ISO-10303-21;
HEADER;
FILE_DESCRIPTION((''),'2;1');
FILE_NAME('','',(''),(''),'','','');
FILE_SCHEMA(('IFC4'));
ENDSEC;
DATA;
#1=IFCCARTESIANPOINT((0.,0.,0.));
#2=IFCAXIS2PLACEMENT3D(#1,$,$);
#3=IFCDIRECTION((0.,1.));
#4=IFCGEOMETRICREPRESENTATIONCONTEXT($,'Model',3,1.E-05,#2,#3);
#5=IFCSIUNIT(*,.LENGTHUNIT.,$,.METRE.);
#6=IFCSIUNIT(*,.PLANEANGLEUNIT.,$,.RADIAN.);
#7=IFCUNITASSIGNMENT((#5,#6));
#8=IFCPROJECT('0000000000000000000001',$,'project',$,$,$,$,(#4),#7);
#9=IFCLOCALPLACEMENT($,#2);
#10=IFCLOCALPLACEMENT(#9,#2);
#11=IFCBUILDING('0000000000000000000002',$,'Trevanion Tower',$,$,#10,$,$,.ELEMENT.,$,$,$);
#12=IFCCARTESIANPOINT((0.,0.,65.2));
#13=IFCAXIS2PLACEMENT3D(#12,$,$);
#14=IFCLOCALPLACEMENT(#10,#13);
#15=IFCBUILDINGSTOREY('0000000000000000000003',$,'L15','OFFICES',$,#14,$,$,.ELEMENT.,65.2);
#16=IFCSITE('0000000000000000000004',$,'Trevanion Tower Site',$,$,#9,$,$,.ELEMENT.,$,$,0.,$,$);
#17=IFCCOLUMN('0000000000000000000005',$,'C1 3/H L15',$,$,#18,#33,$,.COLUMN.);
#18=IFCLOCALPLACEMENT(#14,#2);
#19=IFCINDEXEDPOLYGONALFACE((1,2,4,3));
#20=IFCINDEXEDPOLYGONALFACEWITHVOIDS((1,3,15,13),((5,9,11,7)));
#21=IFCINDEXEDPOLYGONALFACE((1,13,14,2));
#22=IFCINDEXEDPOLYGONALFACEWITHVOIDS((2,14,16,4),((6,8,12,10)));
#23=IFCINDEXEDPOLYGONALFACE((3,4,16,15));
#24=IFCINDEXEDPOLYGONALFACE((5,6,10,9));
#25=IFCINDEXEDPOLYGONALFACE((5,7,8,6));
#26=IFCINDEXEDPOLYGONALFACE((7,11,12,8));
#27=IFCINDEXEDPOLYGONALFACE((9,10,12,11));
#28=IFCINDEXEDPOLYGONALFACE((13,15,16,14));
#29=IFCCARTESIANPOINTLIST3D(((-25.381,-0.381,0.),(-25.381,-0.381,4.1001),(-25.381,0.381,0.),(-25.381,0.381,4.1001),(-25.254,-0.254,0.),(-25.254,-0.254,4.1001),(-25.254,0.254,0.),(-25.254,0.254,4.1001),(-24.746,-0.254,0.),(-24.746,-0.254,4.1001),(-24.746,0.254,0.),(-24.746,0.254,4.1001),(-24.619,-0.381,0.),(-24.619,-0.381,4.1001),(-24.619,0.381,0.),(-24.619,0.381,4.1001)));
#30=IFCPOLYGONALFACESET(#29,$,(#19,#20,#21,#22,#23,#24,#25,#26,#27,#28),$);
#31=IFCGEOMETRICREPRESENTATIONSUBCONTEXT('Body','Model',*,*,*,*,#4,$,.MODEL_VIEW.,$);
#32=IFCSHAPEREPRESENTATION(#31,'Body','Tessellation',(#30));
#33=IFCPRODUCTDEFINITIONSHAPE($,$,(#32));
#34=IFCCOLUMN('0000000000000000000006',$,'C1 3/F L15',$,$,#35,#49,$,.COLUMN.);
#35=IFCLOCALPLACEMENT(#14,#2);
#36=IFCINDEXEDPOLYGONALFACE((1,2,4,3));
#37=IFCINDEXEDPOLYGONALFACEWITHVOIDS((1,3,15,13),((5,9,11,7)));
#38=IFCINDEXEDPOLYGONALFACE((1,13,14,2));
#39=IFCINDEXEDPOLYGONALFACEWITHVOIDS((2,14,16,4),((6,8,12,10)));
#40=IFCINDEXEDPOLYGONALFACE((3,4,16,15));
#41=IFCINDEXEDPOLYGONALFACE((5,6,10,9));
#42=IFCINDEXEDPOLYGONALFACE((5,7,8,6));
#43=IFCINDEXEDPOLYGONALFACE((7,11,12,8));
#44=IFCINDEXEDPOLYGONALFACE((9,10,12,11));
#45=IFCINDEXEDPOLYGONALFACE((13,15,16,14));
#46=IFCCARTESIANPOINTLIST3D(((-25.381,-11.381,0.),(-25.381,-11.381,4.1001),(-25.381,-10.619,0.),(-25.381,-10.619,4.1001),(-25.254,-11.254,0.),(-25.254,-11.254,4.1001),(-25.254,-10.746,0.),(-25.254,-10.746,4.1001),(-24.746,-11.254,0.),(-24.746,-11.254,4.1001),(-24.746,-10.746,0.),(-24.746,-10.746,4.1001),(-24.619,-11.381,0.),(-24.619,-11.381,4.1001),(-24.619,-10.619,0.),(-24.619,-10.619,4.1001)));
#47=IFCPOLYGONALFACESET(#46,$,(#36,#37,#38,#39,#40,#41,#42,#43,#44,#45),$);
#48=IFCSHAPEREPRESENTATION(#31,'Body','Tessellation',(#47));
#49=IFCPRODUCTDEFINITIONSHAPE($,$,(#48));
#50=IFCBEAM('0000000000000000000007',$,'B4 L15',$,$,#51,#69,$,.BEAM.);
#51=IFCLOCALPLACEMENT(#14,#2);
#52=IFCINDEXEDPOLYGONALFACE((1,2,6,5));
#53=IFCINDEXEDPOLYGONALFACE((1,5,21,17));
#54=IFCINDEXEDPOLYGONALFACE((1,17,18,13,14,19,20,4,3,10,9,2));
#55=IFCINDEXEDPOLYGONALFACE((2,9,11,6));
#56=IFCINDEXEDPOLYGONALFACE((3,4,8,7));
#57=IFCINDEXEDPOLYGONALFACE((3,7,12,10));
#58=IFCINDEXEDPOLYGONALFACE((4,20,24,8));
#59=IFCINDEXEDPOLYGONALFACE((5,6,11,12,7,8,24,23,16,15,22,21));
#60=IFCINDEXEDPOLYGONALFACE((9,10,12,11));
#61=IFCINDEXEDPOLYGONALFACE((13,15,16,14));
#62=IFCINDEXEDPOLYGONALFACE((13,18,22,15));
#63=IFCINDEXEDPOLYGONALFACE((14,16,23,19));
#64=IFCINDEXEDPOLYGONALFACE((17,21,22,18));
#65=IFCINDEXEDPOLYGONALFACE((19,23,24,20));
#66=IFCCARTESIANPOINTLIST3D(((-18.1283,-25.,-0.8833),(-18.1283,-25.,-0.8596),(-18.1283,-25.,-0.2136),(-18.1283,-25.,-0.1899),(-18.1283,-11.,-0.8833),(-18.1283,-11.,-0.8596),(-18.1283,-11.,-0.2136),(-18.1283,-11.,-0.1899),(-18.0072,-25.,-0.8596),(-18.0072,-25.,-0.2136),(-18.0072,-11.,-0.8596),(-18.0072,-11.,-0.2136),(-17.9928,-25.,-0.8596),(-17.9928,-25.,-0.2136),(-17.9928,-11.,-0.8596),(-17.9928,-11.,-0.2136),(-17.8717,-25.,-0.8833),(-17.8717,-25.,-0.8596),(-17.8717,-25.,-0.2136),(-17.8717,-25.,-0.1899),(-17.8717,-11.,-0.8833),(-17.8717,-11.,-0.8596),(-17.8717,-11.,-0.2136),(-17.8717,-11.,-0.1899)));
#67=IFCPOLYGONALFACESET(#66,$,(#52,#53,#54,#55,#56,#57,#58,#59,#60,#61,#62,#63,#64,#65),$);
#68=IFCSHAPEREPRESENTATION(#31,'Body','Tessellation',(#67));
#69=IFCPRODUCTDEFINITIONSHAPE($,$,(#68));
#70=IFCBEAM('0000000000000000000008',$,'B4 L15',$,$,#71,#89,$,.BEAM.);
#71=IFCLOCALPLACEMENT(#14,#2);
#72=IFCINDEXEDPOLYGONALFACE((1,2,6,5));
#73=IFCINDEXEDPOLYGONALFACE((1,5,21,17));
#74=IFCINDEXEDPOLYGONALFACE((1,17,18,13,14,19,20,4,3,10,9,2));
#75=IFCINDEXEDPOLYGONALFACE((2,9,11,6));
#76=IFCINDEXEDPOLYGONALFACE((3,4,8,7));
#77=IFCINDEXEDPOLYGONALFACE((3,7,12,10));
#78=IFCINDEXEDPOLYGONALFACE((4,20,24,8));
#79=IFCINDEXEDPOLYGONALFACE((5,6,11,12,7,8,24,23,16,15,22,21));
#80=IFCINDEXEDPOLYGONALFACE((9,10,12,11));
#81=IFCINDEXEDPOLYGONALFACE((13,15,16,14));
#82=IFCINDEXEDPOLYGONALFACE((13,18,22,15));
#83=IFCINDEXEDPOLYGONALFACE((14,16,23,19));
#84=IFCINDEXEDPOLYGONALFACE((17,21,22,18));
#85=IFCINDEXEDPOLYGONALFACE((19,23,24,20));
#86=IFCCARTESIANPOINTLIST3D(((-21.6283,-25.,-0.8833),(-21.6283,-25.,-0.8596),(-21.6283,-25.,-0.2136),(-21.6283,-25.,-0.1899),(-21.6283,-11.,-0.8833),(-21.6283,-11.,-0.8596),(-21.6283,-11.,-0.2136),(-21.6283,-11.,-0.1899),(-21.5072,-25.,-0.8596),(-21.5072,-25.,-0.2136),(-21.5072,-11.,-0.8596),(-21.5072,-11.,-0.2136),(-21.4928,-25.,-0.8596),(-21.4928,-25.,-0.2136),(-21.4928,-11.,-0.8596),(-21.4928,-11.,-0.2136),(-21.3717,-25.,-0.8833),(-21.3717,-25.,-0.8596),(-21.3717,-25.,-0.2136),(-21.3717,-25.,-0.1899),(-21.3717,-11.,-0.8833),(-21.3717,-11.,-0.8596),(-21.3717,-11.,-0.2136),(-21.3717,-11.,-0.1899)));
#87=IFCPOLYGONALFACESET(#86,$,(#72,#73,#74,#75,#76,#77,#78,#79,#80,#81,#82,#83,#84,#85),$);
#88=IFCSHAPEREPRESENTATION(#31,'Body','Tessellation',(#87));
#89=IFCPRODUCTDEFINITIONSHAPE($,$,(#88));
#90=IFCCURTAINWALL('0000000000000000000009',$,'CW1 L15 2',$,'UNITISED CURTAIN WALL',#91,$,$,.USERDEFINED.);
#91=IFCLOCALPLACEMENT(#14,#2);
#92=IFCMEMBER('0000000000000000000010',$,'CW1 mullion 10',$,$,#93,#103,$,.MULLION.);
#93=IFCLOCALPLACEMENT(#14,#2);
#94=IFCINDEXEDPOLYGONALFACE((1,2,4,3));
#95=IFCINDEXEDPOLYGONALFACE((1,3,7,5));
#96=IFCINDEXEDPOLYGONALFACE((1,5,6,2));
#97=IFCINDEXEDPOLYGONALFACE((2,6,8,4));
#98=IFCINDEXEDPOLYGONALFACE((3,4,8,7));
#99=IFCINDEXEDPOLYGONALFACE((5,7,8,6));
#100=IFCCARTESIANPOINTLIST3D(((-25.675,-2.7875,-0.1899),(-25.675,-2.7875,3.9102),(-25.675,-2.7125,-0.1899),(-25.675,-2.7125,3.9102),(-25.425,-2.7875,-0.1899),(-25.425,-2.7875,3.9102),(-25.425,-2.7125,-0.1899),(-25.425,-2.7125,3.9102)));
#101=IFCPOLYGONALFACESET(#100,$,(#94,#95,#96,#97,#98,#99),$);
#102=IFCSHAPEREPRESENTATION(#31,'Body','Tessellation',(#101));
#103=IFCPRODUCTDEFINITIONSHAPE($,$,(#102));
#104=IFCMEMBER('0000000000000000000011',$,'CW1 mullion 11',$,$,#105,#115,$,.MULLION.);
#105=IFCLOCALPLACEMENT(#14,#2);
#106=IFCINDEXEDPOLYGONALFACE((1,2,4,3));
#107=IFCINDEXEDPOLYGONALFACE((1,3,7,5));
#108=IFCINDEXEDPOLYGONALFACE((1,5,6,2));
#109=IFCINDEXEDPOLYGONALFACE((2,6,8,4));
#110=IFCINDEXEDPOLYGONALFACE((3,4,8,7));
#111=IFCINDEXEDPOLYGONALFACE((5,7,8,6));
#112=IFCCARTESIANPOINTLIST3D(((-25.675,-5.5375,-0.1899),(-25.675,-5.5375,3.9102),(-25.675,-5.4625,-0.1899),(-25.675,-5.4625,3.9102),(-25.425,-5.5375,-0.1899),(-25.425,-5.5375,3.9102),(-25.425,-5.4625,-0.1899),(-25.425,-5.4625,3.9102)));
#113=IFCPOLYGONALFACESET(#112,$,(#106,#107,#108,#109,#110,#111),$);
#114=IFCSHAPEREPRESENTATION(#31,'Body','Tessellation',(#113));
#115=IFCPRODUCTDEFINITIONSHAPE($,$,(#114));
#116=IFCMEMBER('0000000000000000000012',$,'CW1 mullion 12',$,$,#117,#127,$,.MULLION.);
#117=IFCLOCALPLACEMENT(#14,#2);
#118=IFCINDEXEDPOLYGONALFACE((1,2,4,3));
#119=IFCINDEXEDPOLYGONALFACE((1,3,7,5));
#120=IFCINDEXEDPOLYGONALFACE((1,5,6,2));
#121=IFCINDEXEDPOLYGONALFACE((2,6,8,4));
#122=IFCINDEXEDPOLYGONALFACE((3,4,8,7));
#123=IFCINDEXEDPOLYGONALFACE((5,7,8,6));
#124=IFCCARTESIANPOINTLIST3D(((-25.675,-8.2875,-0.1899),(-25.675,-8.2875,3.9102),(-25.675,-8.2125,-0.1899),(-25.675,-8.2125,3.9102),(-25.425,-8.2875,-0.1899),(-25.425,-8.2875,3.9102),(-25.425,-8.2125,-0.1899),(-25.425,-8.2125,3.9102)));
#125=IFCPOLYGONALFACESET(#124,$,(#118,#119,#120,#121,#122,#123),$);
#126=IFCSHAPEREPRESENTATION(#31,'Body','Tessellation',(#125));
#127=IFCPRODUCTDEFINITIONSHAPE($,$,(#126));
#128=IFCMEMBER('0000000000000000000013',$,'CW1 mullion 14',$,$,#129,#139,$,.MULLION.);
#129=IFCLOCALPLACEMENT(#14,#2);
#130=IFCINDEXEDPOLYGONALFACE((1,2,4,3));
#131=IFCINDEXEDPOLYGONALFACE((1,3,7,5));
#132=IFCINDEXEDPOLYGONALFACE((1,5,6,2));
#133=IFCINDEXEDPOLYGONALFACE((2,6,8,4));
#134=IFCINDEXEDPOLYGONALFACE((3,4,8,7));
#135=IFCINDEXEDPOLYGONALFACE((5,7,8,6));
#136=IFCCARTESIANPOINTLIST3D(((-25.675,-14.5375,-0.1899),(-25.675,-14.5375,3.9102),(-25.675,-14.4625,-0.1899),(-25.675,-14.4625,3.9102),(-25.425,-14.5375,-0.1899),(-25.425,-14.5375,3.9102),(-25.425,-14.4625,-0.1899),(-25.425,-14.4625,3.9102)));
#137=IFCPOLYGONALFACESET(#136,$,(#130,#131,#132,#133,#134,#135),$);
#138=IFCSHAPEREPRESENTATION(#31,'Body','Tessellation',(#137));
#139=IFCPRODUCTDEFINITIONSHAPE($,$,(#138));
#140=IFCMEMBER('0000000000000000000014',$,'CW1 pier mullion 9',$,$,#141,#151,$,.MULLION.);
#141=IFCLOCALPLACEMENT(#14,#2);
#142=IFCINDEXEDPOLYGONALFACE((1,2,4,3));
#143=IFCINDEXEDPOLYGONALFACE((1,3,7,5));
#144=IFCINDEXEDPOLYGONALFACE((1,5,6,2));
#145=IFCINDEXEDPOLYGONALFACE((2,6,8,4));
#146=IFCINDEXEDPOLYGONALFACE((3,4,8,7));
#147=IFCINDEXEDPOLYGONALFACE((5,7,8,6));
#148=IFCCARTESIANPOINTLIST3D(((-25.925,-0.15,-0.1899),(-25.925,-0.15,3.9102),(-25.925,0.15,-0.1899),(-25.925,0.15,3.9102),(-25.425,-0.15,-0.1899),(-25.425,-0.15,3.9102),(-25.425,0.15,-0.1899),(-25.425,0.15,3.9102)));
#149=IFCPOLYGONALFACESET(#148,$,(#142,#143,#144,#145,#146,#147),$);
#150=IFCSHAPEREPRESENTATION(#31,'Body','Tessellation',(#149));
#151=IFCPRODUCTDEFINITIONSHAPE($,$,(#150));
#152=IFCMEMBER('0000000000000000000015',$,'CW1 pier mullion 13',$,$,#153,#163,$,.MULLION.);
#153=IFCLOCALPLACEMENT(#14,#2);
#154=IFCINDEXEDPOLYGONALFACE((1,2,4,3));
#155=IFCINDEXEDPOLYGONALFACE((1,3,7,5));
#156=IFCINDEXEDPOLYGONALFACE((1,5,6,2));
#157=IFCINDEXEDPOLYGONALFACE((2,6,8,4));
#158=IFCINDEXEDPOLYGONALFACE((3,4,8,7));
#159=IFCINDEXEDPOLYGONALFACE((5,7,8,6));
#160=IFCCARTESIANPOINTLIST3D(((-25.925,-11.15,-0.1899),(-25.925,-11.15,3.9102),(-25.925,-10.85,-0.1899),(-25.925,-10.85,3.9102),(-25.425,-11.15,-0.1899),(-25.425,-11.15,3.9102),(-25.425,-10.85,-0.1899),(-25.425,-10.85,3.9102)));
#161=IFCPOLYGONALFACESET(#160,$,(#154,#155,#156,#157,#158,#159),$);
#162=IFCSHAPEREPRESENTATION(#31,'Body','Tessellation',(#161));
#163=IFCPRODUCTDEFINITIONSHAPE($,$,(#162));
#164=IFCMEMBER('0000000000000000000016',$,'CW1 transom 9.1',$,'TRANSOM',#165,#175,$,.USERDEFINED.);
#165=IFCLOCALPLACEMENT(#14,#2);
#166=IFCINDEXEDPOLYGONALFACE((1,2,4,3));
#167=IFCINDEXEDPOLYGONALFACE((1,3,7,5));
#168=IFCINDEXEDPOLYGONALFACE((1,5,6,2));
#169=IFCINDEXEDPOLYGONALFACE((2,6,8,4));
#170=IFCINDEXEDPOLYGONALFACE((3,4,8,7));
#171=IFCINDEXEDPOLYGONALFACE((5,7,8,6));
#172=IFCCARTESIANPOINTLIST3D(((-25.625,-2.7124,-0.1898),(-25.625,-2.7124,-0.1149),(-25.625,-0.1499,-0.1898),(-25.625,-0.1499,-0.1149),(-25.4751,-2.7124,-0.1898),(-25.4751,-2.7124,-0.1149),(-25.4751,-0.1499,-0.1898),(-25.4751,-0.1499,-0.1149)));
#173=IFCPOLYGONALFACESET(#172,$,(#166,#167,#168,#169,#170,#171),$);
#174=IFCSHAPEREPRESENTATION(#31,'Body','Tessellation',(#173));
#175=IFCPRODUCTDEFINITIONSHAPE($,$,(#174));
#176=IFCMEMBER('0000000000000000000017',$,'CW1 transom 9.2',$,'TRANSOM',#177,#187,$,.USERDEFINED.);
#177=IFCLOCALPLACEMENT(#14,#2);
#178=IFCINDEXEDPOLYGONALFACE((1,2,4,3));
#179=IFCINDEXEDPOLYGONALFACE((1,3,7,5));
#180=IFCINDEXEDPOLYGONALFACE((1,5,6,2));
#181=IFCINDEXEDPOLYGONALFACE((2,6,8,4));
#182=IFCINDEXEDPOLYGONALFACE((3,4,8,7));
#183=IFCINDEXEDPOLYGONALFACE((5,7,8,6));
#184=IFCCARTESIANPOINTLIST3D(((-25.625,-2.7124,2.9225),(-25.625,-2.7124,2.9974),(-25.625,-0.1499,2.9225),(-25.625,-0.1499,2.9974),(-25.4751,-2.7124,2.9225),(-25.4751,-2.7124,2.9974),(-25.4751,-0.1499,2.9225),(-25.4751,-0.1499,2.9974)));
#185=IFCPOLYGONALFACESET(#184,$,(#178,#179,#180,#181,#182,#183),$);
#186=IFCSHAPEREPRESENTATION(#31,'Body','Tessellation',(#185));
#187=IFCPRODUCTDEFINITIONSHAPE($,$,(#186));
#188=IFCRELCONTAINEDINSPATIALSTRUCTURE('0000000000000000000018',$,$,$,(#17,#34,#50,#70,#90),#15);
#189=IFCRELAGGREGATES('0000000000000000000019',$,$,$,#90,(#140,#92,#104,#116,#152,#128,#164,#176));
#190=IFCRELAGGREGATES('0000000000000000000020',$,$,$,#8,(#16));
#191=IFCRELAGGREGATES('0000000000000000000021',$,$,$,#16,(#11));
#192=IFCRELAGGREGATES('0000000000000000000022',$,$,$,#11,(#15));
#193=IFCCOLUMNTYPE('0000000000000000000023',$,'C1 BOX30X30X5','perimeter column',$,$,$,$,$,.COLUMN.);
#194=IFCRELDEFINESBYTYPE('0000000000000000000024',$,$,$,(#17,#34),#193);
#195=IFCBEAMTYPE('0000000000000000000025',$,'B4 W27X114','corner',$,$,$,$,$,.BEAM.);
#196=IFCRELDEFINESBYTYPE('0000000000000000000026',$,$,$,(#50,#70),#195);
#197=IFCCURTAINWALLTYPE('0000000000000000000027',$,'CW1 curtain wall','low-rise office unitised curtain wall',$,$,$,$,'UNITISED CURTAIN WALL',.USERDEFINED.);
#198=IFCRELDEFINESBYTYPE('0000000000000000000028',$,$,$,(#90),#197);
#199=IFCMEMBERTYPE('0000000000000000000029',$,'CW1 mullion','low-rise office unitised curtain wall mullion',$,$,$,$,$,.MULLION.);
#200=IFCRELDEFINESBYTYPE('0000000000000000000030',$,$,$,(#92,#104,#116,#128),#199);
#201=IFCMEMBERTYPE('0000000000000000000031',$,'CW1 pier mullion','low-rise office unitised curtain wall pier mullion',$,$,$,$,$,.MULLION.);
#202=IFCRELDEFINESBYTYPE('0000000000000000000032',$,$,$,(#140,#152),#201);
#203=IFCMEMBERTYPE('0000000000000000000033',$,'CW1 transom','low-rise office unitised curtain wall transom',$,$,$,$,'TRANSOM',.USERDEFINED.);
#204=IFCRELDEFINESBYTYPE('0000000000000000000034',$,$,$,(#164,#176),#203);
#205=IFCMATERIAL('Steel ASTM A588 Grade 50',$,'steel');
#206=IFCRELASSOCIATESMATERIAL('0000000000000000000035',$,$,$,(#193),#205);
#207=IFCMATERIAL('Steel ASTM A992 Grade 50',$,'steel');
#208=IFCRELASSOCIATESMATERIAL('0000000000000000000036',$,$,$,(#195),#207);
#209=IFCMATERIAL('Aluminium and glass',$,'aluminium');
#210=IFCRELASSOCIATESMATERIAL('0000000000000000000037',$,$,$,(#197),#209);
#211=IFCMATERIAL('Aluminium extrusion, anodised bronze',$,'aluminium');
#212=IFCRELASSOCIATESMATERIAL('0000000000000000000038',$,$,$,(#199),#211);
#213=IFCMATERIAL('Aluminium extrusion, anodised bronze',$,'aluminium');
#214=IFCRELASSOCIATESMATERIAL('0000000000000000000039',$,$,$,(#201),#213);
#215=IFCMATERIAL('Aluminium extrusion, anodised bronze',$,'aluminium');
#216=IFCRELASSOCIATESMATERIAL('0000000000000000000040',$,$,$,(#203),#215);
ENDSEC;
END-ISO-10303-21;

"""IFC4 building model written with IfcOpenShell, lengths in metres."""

from ifc_helpers import new_model, si_unit, direction, frame, origin, origin_2d, place, context, subcontext, project, spatial, rectangle, hollow_rectangle, i_section, extrude, material, material_profile, profile_set, type_object, element, aggregate, save


model = new_model("IFC4")

# Units and contexts
model_context = context("Model", 3, precision=1e-05, world=origin(), true_north=direction((0.0, 1.0)))
body_context = subcontext(model_context, "Body", "Model", "MODEL_VIEW")
ifc_project = project(units=[si_unit("LENGTHUNIT", "METRE"), si_unit("PLANEANGLEUNIT", "RADIAN")], contexts=[model_context])

# Site, building, storey
site_placement = place(None, origin())
site = spatial("IfcSite", under=ifc_project, at=site_placement, Name="Trevanion Tower Site", CompositionType="ELEMENT", RefElevation=0.0)
building_placement = place(site_placement, origin())
building = spatial("IfcBuilding", under=site, at=building_placement, Name="Trevanion Tower", CompositionType="ELEMENT")
storey_placement = place(building_placement, frame((0.0, 0.0, 65.2)))
storey = spatial("IfcBuildingStorey", under=building, at=storey_placement, Name="L15", Description="OFFICES", CompositionType="ELEMENT", Elevation=65.2)

# Columns
ifc_material_1 = material(Name="Steel ASTM A588 Grade 50", Category="steel")
ifc_material_profile_1 = material_profile(ifc_material_1, hollow_rectangle(XDim=0.762, YDim=0.762, WallThickness=0.127, at=origin_2d()), Name="BOX30X30X5")
ifc_profile_set_1 = profile_set([ifc_material_profile_1], Name="Steel ASTM A588 Grade 50")
column_type = type_object("IfcColumnType", Name="C1 BOX30X30X5", Description="perimeter column", PredefinedType="COLUMN", material=ifc_profile_set_1)
for number, where, z_axis, x_axis, name in (
    (1, (-25.0, 0.0, 0.0), (0.0, 0.0, 1.0), (0.0, 1.0, 0.0), "C1 3/H L15"),
    (2, (-25.0, -11.0, 0.0), (0.0, 0.0, 1.0), (0.0, 1.0, 0.0), "C1 3/F L15"),
):
    element("IfcColumn", number, at=place(storey_placement, frame(where, z_axis=z_axis, x_axis=x_axis)), inside=storey, type_object=column_type, Name=name, PredefinedType="COLUMN", context=body_context, shape_type="SweptSolid", body=[
        extrude(hollow_rectangle(XDim=0.762, YDim=0.762, WallThickness=0.127, at=origin_2d()), origin(), (0.0, 0.0, 1.0), 4.1001),
    ])

# Beams
ifc_material_2 = material(Name="Steel ASTM A992 Grade 50", Category="steel")
ifc_material_profile_2 = material_profile(ifc_material_2, i_section(OverallWidth=0.2566, OverallDepth=0.6934, WebThickness=0.0144, FlangeThickness=0.0237, at=origin_2d()), Name="W27X114")
ifc_profile_set_2 = profile_set([ifc_material_profile_2], Name="Steel ASTM A992 Grade 50")
beam_type_1 = type_object("IfcBeamType", Name="B4 W27X114", Description="corner", PredefinedType="BEAM", material=ifc_profile_set_2)
for number, where, z_axis, x_axis, name in (
    (3, (-18.0, -11.0, -0.5366), (0.0, -1.0, 0.0), (1.0, 0.0, 0.0), "B4 L15"),
    (4, (-21.5, -11.0, -0.5366), (0.0, -1.0, 0.0), (1.0, 0.0, 0.0), "B4 L15"),
):
    element("IfcBeam", number, at=place(storey_placement, frame(where, z_axis=z_axis, x_axis=x_axis)), inside=storey, type_object=beam_type_1, Name=name, PredefinedType="BEAM", context=body_context, shape_type="SweptSolid", body=[
        extrude(i_section(OverallWidth=0.2566, OverallDepth=0.6934, WebThickness=0.0144, FlangeThickness=0.0237, at=origin_2d()), origin(), (0.0, 0.0, 1.0), 14.0),
    ])

# Curtain wall, members
ifc_material_3 = material(Name="Aluminium and glass", Category="aluminium")
curtain_wall_type = type_object("IfcCurtainWallType", Name="CW1 curtain wall", Description="low-rise office unitised curtain wall", ElementType="UNITISED CURTAIN WALL", PredefinedType="USERDEFINED", material=ifc_material_3)
curtain_wall_placement = place(storey_placement, origin())
curtain_wall = element("IfcCurtainWall", 5, at=curtain_wall_placement, inside=storey, type_object=curtain_wall_type, Name="CW1 L15 2", ObjectType="UNITISED CURTAIN WALL", PredefinedType="USERDEFINED")
ifc_material_4 = material(Name="Aluminium extrusion, anodised bronze", Category="aluminium")
ifc_material_profile_3 = material_profile(ifc_material_4, rectangle(XDim=0.075, YDim=0.25, at=origin_2d()), Name="CW1 mullion")
ifc_profile_set_3 = profile_set([ifc_material_profile_3], Name="Aluminium extrusion, anodised bronze")
member_type_1 = type_object("IfcMemberType", Name="CW1 mullion", Description="low-rise office unitised curtain wall mullion", PredefinedType="MULLION", material=ifc_profile_set_3)
member_1_placement = place(storey_placement, frame((-25.55, -2.75, -0.1899), z_axis=(0.0, 0.0, 1.0), x_axis=(0.0, -1.0, 0.0)))
member_1 = element("IfcMember", 6, at=member_1_placement, type_object=member_type_1, Name="CW1 mullion 10", PredefinedType="MULLION", context=body_context, shape_type="SweptSolid", body=[
    extrude(rectangle(XDim=0.075, YDim=0.25, at=origin_2d()), origin(), (0.0, 0.0, 1.0), 4.1001),
])
member_2_placement = place(storey_placement, frame((-25.55, -5.5, -0.1899), z_axis=(0.0, 0.0, 1.0), x_axis=(0.0, -1.0, 0.0)))
member_2 = element("IfcMember", 7, at=member_2_placement, type_object=member_type_1, Name="CW1 mullion 11", PredefinedType="MULLION", context=body_context, shape_type="SweptSolid", body=[
    extrude(rectangle(XDim=0.075, YDim=0.25, at=origin_2d()), origin(), (0.0, 0.0, 1.0), 4.1001),
])
member_3_placement = place(storey_placement, frame((-25.55, -8.25, -0.1899), z_axis=(0.0, 0.0, 1.0), x_axis=(0.0, -1.0, 0.0)))
member_3 = element("IfcMember", 8, at=member_3_placement, type_object=member_type_1, Name="CW1 mullion 12", PredefinedType="MULLION", context=body_context, shape_type="SweptSolid", body=[
    extrude(rectangle(XDim=0.075, YDim=0.25, at=origin_2d()), origin(), (0.0, 0.0, 1.0), 4.1001),
])
member_4_placement = place(storey_placement, frame((-25.55, -14.5, -0.1899), z_axis=(0.0, 0.0, 1.0), x_axis=(0.0, -1.0, 0.0)))
member_4 = element("IfcMember", 9, at=member_4_placement, type_object=member_type_1, Name="CW1 mullion 14", PredefinedType="MULLION", context=body_context, shape_type="SweptSolid", body=[
    extrude(rectangle(XDim=0.075, YDim=0.25, at=origin_2d()), origin(), (0.0, 0.0, 1.0), 4.1001),
])
ifc_material_5 = material(Name="Aluminium extrusion, anodised bronze", Category="aluminium")
ifc_material_profile_4 = material_profile(ifc_material_5, rectangle(XDim=0.3, YDim=0.5, at=origin_2d()), Name="CW1 pier mullion")
ifc_profile_set_4 = profile_set([ifc_material_profile_4], Name="Aluminium extrusion, anodised bronze")
member_type_2 = type_object("IfcMemberType", Name="CW1 pier mullion", Description="low-rise office unitised curtain wall pier mullion", PredefinedType="MULLION", material=ifc_profile_set_4)
member_5_placement = place(storey_placement, frame((-25.675, 0.0, -0.1899), z_axis=(0.0, 0.0, 1.0), x_axis=(0.0, -1.0, 0.0)))
member_5 = element("IfcMember", 10, at=member_5_placement, type_object=member_type_2, Name="CW1 pier mullion 9", PredefinedType="MULLION", context=body_context, shape_type="SweptSolid", body=[
    extrude(rectangle(XDim=0.3, YDim=0.5, at=origin_2d()), origin(), (0.0, 0.0, 1.0), 4.1001),
])
member_6_placement = place(storey_placement, frame((-25.675, -11.0, -0.1899), z_axis=(0.0, 0.0, 1.0), x_axis=(0.0, -1.0, 0.0)))
member_6 = element("IfcMember", 11, at=member_6_placement, type_object=member_type_2, Name="CW1 pier mullion 13", PredefinedType="MULLION", context=body_context, shape_type="SweptSolid", body=[
    extrude(rectangle(XDim=0.3, YDim=0.5, at=origin_2d()), origin(), (0.0, 0.0, 1.0), 4.1001),
])
ifc_material_6 = material(Name="Aluminium extrusion, anodised bronze", Category="aluminium")
ifc_material_profile_5 = material_profile(ifc_material_6, rectangle(XDim=0.1499, YDim=0.075, at=origin_2d()), Name="CW1 transom")
ifc_profile_set_5 = profile_set([ifc_material_profile_5], Name="Aluminium extrusion, anodised bronze")
member_type_3 = type_object("IfcMemberType", Name="CW1 transom", Description="low-rise office unitised curtain wall transom", ElementType="TRANSOM", PredefinedType="USERDEFINED", material=ifc_profile_set_5)
member_7_placement = place(storey_placement, frame((-25.55, -0.1499, -0.1523), z_axis=(0.0, -1.0, 0.0), x_axis=(1.0, 0.0, 0.0)))
member_7 = element("IfcMember", 12, at=member_7_placement, type_object=member_type_3, Name="CW1 transom 9.1", ObjectType="TRANSOM", PredefinedType="USERDEFINED", context=body_context, shape_type="SweptSolid", body=[
    extrude(rectangle(XDim=0.1499, YDim=0.075, at=origin_2d()), origin(), (0.0, 0.0, 1.0), 2.5625),
])
member_8_placement = place(storey_placement, frame((-25.55, -0.1499, 2.96), z_axis=(0.0, -1.0, 0.0), x_axis=(1.0, 0.0, 0.0)))
member_8 = element("IfcMember", 13, at=member_8_placement, type_object=member_type_3, Name="CW1 transom 9.2", ObjectType="TRANSOM", PredefinedType="USERDEFINED", context=body_context, shape_type="SweptSolid", body=[
    extrude(rectangle(XDim=0.1499, YDim=0.075, at=origin_2d()), origin(), (0.0, 0.0, 1.0), 2.5625),
])

aggregate(curtain_wall, [member_5, member_1, member_2, member_3, member_6, member_4, member_7, member_8])

save(model, "model.ifc")
